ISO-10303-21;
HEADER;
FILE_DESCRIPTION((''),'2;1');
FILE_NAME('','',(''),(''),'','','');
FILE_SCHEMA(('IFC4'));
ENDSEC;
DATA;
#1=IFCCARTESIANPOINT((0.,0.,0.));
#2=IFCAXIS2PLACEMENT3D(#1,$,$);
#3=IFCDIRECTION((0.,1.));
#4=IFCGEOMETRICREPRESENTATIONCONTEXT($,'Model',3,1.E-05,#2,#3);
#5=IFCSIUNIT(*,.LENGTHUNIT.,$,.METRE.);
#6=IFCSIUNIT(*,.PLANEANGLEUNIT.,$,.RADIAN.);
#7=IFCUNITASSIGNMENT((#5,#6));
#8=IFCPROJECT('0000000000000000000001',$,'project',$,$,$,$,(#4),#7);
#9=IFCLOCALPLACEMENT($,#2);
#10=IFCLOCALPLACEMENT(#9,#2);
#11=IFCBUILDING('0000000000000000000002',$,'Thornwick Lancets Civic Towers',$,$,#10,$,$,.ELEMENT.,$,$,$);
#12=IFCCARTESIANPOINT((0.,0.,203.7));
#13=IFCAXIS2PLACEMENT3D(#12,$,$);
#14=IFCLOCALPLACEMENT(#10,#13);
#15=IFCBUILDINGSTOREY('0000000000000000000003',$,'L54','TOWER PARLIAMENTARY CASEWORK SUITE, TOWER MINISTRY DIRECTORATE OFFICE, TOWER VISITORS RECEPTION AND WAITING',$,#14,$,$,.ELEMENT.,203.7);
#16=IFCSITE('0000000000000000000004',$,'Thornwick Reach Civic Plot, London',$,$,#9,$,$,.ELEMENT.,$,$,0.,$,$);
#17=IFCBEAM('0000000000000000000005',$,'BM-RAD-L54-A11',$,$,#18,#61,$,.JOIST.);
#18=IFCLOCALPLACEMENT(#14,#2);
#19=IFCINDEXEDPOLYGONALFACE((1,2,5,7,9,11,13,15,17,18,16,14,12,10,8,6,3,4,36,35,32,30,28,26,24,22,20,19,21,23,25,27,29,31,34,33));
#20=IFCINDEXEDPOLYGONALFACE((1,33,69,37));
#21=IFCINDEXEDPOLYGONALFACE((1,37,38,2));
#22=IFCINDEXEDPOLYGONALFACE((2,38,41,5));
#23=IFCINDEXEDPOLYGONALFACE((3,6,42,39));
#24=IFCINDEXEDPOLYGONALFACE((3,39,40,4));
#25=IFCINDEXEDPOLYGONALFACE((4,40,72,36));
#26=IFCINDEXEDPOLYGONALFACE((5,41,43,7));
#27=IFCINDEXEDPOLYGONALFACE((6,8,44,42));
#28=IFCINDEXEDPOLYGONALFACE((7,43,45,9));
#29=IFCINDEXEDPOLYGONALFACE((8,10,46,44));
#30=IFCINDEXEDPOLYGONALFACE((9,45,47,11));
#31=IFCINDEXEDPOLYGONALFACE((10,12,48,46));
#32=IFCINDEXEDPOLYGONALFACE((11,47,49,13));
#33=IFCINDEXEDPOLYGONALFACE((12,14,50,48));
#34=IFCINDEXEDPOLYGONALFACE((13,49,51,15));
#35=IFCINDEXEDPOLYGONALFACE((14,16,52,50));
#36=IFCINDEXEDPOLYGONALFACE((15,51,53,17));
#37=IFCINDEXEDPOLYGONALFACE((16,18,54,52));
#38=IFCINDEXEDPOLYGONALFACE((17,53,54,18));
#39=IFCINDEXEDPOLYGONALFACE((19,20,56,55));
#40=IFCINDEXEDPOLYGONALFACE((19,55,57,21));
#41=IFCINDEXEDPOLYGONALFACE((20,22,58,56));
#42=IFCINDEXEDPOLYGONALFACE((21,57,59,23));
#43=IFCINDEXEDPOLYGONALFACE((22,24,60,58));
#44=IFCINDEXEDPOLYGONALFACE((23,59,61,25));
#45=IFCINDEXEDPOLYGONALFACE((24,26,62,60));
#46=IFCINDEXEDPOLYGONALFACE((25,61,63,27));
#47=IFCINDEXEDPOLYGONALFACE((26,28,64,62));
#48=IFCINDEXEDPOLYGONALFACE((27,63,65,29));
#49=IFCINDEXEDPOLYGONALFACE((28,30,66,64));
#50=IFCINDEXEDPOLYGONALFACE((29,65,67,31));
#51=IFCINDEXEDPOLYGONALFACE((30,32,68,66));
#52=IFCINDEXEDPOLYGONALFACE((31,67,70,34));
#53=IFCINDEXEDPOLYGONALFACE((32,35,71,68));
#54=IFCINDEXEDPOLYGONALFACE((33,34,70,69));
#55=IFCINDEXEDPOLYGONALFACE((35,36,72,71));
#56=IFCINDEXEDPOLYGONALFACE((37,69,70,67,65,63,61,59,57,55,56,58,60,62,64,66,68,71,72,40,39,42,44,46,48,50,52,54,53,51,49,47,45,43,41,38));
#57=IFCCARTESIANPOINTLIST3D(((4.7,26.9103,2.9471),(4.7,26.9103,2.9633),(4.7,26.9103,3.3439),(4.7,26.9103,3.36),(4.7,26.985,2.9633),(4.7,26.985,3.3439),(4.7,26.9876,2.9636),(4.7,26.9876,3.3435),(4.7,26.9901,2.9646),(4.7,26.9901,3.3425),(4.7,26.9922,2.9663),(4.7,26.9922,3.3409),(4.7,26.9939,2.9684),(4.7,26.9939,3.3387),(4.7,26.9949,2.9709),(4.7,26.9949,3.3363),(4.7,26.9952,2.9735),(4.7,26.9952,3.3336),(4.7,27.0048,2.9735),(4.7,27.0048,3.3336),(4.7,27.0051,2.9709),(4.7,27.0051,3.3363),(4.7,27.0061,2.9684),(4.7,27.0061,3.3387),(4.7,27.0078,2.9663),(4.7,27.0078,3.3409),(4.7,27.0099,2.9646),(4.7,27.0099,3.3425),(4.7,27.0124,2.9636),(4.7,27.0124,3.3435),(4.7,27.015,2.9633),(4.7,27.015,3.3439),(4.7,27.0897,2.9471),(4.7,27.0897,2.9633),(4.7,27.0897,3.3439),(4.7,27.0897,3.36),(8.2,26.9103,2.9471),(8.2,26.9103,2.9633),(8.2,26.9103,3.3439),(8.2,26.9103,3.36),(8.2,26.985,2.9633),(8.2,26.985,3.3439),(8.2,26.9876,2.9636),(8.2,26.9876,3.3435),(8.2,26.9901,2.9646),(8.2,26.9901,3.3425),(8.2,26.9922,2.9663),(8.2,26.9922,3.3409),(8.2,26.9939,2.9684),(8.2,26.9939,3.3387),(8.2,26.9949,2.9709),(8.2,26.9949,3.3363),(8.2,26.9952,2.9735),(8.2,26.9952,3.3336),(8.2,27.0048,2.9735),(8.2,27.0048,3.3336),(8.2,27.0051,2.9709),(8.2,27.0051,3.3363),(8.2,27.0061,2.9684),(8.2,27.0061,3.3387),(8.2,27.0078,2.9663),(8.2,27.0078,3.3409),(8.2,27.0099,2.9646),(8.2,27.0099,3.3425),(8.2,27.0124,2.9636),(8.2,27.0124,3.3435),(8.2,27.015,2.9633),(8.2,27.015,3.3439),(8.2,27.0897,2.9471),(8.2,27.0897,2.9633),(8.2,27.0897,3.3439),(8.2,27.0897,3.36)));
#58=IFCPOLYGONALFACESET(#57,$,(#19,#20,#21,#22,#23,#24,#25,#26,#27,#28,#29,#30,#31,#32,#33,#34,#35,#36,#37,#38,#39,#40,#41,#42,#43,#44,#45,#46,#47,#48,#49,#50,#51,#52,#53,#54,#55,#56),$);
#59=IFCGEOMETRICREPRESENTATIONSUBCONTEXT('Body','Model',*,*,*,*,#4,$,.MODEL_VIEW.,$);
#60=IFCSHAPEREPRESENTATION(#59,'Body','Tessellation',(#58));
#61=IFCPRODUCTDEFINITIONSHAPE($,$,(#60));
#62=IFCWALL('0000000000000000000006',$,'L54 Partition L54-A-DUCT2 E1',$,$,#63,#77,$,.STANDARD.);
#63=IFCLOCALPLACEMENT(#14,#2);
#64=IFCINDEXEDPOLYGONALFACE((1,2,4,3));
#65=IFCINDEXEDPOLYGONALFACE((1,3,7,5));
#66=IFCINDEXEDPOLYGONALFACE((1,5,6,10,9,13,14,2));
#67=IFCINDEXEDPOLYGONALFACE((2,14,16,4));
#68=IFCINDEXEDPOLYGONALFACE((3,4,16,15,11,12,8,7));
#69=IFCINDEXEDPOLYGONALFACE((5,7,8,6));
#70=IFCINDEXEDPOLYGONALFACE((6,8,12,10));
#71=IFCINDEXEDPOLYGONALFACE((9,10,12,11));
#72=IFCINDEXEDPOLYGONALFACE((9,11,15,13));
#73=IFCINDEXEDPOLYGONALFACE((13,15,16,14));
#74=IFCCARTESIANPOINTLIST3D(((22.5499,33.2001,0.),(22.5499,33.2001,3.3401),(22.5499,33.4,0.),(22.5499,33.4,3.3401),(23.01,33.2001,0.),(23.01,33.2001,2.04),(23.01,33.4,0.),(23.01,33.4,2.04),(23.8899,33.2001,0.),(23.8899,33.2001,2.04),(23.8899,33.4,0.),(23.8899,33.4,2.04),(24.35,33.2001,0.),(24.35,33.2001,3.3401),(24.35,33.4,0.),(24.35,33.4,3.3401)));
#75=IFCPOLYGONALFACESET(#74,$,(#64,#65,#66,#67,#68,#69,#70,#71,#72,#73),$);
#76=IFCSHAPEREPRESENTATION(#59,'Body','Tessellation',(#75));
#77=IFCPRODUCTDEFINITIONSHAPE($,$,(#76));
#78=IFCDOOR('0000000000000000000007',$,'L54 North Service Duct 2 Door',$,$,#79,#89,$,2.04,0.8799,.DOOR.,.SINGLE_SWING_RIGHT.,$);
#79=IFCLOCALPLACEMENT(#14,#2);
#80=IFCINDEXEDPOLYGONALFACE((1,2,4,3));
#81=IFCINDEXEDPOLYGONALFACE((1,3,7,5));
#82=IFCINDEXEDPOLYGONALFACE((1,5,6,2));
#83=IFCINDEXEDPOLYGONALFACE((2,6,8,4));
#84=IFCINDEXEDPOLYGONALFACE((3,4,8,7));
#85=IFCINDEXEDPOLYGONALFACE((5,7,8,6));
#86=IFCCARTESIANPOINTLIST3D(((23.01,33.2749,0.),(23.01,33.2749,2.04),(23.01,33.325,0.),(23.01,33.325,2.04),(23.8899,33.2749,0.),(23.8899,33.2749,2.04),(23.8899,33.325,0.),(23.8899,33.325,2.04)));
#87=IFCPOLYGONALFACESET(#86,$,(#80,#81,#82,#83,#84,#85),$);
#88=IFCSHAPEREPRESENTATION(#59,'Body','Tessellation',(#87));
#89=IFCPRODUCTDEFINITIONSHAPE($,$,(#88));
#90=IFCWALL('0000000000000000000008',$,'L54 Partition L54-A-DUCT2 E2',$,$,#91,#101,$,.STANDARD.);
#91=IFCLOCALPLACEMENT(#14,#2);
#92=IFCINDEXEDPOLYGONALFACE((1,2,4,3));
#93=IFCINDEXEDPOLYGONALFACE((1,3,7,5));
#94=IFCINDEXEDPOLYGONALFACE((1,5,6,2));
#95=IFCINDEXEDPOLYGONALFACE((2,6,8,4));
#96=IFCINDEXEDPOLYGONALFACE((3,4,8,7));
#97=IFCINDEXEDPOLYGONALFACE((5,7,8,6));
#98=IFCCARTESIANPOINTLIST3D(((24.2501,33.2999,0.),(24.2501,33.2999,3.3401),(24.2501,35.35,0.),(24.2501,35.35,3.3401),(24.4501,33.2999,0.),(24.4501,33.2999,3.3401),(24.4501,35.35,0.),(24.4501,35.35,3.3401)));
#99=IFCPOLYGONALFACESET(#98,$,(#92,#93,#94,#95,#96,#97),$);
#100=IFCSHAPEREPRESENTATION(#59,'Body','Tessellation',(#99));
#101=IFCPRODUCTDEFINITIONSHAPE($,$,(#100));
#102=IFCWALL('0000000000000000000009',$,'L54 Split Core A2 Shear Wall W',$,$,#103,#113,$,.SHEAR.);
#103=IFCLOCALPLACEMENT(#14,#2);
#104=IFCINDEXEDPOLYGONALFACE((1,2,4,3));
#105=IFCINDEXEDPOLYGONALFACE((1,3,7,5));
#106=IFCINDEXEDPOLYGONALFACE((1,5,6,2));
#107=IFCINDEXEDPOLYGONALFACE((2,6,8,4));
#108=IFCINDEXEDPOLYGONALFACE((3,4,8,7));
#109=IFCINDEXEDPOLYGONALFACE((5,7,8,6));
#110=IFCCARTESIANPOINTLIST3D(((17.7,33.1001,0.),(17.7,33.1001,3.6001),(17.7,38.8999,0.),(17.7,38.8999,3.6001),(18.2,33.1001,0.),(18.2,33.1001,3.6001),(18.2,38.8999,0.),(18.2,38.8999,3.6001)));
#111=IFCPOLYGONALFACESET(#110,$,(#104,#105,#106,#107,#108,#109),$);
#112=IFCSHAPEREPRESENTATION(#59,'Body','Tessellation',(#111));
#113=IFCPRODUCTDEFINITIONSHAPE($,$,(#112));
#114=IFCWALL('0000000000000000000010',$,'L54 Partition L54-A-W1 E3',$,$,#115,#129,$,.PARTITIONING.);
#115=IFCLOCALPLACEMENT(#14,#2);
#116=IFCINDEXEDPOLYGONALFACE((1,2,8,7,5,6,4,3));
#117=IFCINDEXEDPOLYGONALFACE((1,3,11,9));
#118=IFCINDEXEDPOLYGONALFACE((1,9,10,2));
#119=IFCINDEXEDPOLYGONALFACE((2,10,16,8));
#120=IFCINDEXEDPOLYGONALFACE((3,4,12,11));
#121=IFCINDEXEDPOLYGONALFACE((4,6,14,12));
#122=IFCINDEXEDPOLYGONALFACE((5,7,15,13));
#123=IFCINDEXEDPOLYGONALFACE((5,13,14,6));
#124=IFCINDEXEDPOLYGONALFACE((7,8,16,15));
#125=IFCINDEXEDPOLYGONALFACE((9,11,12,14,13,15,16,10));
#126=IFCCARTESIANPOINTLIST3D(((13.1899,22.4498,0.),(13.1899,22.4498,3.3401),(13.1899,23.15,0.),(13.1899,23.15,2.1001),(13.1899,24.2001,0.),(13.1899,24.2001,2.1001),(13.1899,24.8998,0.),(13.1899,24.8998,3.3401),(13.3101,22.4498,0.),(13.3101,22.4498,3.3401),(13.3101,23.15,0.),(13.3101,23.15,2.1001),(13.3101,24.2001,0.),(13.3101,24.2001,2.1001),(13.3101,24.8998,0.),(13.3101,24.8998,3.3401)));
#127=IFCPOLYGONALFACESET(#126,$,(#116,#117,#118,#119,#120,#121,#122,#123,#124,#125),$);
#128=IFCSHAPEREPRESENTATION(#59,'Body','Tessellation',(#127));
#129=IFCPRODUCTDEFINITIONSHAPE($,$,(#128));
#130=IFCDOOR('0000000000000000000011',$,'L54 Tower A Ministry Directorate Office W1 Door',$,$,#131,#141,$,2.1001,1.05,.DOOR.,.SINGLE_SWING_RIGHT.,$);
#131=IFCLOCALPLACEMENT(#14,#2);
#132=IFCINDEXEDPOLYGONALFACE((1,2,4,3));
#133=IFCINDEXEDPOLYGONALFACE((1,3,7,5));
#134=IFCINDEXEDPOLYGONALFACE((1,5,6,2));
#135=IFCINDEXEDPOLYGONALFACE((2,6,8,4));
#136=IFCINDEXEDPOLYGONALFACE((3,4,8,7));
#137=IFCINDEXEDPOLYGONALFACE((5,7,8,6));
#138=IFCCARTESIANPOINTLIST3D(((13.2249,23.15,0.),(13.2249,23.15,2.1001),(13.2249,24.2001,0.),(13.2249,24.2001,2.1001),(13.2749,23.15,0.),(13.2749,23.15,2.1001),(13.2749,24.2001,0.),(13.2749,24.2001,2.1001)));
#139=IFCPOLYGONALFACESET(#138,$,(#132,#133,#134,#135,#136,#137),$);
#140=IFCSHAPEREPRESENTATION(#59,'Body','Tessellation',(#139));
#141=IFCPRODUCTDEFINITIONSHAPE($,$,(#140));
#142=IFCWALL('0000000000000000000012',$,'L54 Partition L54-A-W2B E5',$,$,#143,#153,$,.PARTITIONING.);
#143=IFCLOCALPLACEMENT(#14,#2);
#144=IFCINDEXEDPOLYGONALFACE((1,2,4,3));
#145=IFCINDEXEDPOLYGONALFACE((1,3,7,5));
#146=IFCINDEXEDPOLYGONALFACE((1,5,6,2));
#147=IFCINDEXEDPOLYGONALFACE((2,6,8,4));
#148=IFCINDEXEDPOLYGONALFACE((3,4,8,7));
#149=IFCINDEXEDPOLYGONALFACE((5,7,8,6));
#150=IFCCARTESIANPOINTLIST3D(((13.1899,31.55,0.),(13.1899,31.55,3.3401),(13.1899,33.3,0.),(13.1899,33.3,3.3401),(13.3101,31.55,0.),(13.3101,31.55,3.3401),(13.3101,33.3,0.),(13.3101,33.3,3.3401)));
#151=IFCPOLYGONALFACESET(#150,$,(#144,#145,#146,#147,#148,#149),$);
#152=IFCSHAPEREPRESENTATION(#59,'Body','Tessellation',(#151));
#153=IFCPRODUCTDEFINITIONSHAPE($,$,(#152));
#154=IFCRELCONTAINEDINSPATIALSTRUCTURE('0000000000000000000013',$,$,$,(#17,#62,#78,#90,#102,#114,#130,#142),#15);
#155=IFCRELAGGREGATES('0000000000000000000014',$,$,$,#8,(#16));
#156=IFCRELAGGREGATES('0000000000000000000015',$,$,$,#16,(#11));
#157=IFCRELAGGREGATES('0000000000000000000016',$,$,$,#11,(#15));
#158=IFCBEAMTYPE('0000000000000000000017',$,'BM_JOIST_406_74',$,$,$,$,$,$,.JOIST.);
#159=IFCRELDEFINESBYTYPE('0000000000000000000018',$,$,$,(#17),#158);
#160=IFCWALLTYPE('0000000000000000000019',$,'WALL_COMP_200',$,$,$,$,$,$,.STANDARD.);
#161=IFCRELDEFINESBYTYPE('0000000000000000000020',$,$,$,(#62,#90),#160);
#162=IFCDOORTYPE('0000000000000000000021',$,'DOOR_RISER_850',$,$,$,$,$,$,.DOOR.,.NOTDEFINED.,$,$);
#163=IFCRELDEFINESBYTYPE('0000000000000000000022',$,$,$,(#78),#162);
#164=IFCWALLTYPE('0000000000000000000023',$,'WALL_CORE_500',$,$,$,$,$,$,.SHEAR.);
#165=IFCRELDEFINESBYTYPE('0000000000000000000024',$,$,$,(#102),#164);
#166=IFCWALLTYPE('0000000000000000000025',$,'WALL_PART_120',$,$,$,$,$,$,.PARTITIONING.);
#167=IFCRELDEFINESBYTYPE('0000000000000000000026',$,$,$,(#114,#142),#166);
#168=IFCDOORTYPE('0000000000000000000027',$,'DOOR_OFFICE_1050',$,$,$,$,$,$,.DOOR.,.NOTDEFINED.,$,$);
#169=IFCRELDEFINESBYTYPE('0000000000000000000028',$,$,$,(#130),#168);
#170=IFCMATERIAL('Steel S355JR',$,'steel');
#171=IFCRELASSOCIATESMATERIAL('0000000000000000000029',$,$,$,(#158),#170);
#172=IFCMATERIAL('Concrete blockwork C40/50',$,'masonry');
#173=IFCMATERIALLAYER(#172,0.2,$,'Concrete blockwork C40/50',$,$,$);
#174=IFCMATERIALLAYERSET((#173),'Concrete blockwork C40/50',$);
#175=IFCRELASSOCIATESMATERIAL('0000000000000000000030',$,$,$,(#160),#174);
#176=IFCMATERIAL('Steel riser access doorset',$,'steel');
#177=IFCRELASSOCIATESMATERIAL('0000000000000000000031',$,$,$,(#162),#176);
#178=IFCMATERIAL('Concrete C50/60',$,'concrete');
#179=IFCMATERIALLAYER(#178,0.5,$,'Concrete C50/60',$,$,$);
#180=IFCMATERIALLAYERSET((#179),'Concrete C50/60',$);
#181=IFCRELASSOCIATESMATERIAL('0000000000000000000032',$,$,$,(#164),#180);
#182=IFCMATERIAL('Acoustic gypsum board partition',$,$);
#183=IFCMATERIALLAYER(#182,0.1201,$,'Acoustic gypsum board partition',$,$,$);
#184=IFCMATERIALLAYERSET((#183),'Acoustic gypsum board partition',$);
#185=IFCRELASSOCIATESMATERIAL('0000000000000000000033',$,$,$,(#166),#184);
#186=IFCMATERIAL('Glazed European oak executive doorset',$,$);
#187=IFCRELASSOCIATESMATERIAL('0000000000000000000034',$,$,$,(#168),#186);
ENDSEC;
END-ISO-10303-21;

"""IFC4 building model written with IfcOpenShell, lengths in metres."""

from ifc_helpers import new_model, si_unit, direction, frame, frame_2d, origin, origin_2d, place, context, subcontext, project, spatial, rectangle, i_section, extrude, material, layer, layer_set, material_profile, profile_set, type_object, element, fill, save


model = new_model("IFC4")

# Units and contexts
model_context = context("Model", 3, precision=1e-05, world=origin(), true_north=direction((0.0, 1.0)))
body_context = subcontext(model_context, "Body", "Model", "MODEL_VIEW")
ifc_project = project(units=[si_unit("LENGTHUNIT", "METRE"), si_unit("PLANEANGLEUNIT", "RADIAN")], contexts=[model_context])

# Site, building, storey
site_placement = place(None, origin())
site = spatial("IfcSite", under=ifc_project, at=site_placement, Name="Thornwick Reach Civic Plot, London", CompositionType="ELEMENT", RefElevation=0.0)
building_placement = place(site_placement, origin())
building = spatial("IfcBuilding", under=site, at=building_placement, Name="Thornwick Lancets Civic Towers", CompositionType="ELEMENT")
storey_placement = place(building_placement, frame((0.0, 0.0, 203.7)))
storey = spatial("IfcBuildingStorey", under=building, at=storey_placement, Name="L54", Description="TOWER PARLIAMENTARY CASEWORK SUITE, TOWER MINISTRY DIRECTORATE OFFICE, TOWER VISITORS RECEPTION AND WAITING", CompositionType="ELEMENT", Elevation=203.7)

# Shared definitions
ifc_material_1 = material(Name="Concrete C50/60", Category="concrete")
ifc_material_2 = material(Name="Steel S355JR", Category="steel")

# Beam
ifc_material_profile_1 = material_profile(ifc_material_2, i_section(OverallWidth=0.1794, OverallDepth=0.4128, WebThickness=0.0095, FlangeThickness=0.0161, FilletRadius=0.0103, at=origin_2d()), Name="UKB 406x178x74")
ifc_profile_set_1 = profile_set([ifc_material_profile_1], Name="Steel S355JR")
beam_type_1 = type_object("IfcBeamType", Name="BM_JOIST_406_74", PredefinedType="JOIST", material=ifc_profile_set_1)
beam_1_placement = place(storey_placement, frame((8.2, 27.0, 3.1536), z_axis=(-1.0, 0.0, 0.0), x_axis=(0.0, -1.0, 0.0)))
element("IfcBeam", 1, at=beam_1_placement, inside=storey, type_object=beam_type_1, Name="BM-RAD-L54-A11", PredefinedType="JOIST", context=body_context, shape_type="SweptSolid", body=[
    extrude(i_section(OverallWidth=0.1794, OverallDepth=0.4128, WebThickness=0.0095, FlangeThickness=0.0161, FilletRadius=0.0103, at=origin_2d()), origin(), (0.0, 0.0, 1.0), 3.5),
])

# Wall, opening, door
ifc_material_3 = material(Name="Concrete blockwork C40/50", Category="masonry")
ifc_layer_1 = layer(ifc_material_3, 0.2, Name="Concrete blockwork C40/50")
ifc_layer_set_1 = layer_set([ifc_layer_1], Name="Concrete blockwork C40/50")
wall_type_1 = type_object("IfcWallType", Name="WALL_COMP_200", PredefinedType="STANDARD", material=ifc_layer_set_1)
wall_1_placement = place(storey_placement, frame((22.55, 33.3, 0.0), z_axis=(0.0, 0.0, 1.0), x_axis=(1.0, 0.0, 0.0)))
wall_1 = element("IfcWall", 2, at=wall_1_placement, inside=storey, type_object=wall_type_1, Name="L54 Partition L54-A-DUCT2 E1", PredefinedType="STANDARD", context=body_context, shape_type="SweptSolid", body=[
    extrude(rectangle(XDim=1.8, YDim=0.2, at=frame_2d((0.8999, 0.0))), origin(), (0.0, 0.0, 1.0), 3.3401),
])
opening_1_placement = place(wall_1_placement, frame((0.46, 0.0, 0.0)))
opening_1 = element("IfcOpeningElement", 3, at=opening_1_placement, cuts=wall_1, PredefinedType="OPENING", context=body_context, shape_type="SweptSolid", body=[
    extrude(rectangle(XDim=0.8799, YDim=2.04, at=frame_2d((0.4399, 1.02))), frame((0.0, 0.1099, 0.0), z_axis=(0.0, -1.0, 0.0), x_axis=(1.0, 0.0, 0.0)), (0.0, 0.0, 1.0), 0.22),
])
ifc_material_4 = material(Name="Steel riser access doorset", Category="steel")
door_type_1 = type_object("IfcDoorType", Name="DOOR_RISER_850", OperationType="NOTDEFINED", PredefinedType="DOOR", material=ifc_material_4)
door_1_placement = place(opening_1_placement, origin())
door_1 = element("IfcDoor", 4, at=door_1_placement, inside=storey, type_object=door_type_1, Name="L54 North Service Duct 2 Door", OperationType="SINGLE_SWING_RIGHT", OverallHeight=2.04, OverallWidth=0.8799, PredefinedType="DOOR", context=body_context, shape_type="SweptSolid", body=[
    extrude(rectangle(XDim=0.8799, YDim=2.04, at=frame_2d((0.4399, 1.02))), frame((0.0, 0.0249, 0.0), z_axis=(0.0, -1.0, 0.0), x_axis=(1.0, 0.0, 0.0)), (0.0, 0.0, 1.0), 0.05),
])
fill(opening_1, door_1)

# Walls
wall_2_placement = place(storey_placement, frame((24.3501, 33.3, 0.0), z_axis=(0.0, 0.0, 1.0), x_axis=(0.0, 1.0, 0.0)))
element("IfcWall", 5, at=wall_2_placement, inside=storey, type_object=wall_type_1, Name="L54 Partition L54-A-DUCT2 E2", PredefinedType="STANDARD", context=body_context, shape_type="SweptSolid", body=[
    extrude(rectangle(XDim=2.05, YDim=0.2, at=frame_2d((1.0249, 0.0))), origin(), (0.0, 0.0, 1.0), 3.3401),
])
ifc_layer_2 = layer(ifc_material_1, 0.5, Name="Concrete C50/60")
ifc_layer_set_2 = layer_set([ifc_layer_2], Name="Concrete C50/60")
wall_type_2 = type_object("IfcWallType", Name="WALL_CORE_500", PredefinedType="SHEAR", material=ifc_layer_set_2)
wall_3_placement = place(storey_placement, frame((17.95, 33.1001, 0.0), z_axis=(0.0, 0.0, 1.0), x_axis=(0.0, 1.0, 0.0)))
element("IfcWall", 6, at=wall_3_placement, inside=storey, type_object=wall_type_2, Name="L54 Split Core A2 Shear Wall W", PredefinedType="SHEAR", context=body_context, shape_type="SweptSolid", body=[
    extrude(rectangle(XDim=5.7998, YDim=0.5, at=frame_2d((2.8999, 0.0))), origin(), (0.0, 0.0, 1.0), 3.6001),
])

# Wall, opening, door
ifc_material_5 = material(Name="Acoustic gypsum board partition")
ifc_layer_3 = layer(ifc_material_5, 0.1201, Name="Acoustic gypsum board partition")
ifc_layer_set_3 = layer_set([ifc_layer_3], Name="Acoustic gypsum board partition")
wall_type_3 = type_object("IfcWallType", Name="WALL_PART_120", PredefinedType="PARTITIONING", material=ifc_layer_set_3)
wall_4_placement = place(storey_placement, frame((13.25, 24.8999, 0.0), z_axis=(0.0, 0.0, 1.0), x_axis=(0.0, -1.0, 0.0)))
wall_4 = element("IfcWall", 7, at=wall_4_placement, inside=storey, type_object=wall_type_3, Name="L54 Partition L54-A-W1 E3", PredefinedType="PARTITIONING", context=body_context, shape_type="SweptSolid", body=[
    extrude(rectangle(XDim=2.45, YDim=0.1201, at=frame_2d((1.2251, 0.0))), origin(), (0.0, 0.0, 1.0), 3.3401),
])
opening_2_placement = place(wall_4_placement, frame((0.7, 0.0, 0.0)))
opening_2 = element("IfcOpeningElement", 8, at=opening_2_placement, cuts=wall_4, PredefinedType="OPENING", context=body_context, shape_type="SweptSolid", body=[
    extrude(rectangle(XDim=1.05, YDim=2.1001, at=frame_2d((0.5249, 1.05))), frame((0.0, 0.0701, 0.0), z_axis=(0.0, -1.0, 0.0), x_axis=(1.0, 0.0, 0.0)), (0.0, 0.0, 1.0), 0.1401),
])
ifc_material_6 = material(Name="Glazed European oak executive doorset")
door_type_2 = type_object("IfcDoorType", Name="DOOR_OFFICE_1050", OperationType="NOTDEFINED", PredefinedType="DOOR", material=ifc_material_6)
door_2_placement = place(opening_2_placement, origin())
door_2 = element("IfcDoor", 9, at=door_2_placement, inside=storey, type_object=door_type_2, Name="L54 Tower A Ministry Directorate Office W1 Door", OperationType="SINGLE_SWING_RIGHT", OverallHeight=2.1001, OverallWidth=1.05, PredefinedType="DOOR", context=body_context, shape_type="SweptSolid", body=[
    extrude(rectangle(XDim=1.05, YDim=2.1001, at=frame_2d((0.5249, 1.05))), frame((0.0, 0.0249, 0.0), z_axis=(0.0, -1.0, 0.0), x_axis=(1.0, 0.0, 0.0)), (0.0, 0.0, 1.0), 0.05),
])
fill(opening_2, door_2)

# Wall
wall_5_placement = place(storey_placement, frame((13.25, 33.3, 0.0), z_axis=(0.0, 0.0, 1.0), x_axis=(0.0, -1.0, 0.0)))
element("IfcWall", 10, at=wall_5_placement, inside=storey, type_object=wall_type_3, Name="L54 Partition L54-A-W2B E5", PredefinedType="PARTITIONING", context=body_context, shape_type="SweptSolid", body=[
    extrude(rectangle(XDim=1.75, YDim=0.1201, at=frame_2d((0.875, 0.0))), origin(), (0.0, 0.0, 1.0), 3.3401),
])

save(model, "model.ifc")
